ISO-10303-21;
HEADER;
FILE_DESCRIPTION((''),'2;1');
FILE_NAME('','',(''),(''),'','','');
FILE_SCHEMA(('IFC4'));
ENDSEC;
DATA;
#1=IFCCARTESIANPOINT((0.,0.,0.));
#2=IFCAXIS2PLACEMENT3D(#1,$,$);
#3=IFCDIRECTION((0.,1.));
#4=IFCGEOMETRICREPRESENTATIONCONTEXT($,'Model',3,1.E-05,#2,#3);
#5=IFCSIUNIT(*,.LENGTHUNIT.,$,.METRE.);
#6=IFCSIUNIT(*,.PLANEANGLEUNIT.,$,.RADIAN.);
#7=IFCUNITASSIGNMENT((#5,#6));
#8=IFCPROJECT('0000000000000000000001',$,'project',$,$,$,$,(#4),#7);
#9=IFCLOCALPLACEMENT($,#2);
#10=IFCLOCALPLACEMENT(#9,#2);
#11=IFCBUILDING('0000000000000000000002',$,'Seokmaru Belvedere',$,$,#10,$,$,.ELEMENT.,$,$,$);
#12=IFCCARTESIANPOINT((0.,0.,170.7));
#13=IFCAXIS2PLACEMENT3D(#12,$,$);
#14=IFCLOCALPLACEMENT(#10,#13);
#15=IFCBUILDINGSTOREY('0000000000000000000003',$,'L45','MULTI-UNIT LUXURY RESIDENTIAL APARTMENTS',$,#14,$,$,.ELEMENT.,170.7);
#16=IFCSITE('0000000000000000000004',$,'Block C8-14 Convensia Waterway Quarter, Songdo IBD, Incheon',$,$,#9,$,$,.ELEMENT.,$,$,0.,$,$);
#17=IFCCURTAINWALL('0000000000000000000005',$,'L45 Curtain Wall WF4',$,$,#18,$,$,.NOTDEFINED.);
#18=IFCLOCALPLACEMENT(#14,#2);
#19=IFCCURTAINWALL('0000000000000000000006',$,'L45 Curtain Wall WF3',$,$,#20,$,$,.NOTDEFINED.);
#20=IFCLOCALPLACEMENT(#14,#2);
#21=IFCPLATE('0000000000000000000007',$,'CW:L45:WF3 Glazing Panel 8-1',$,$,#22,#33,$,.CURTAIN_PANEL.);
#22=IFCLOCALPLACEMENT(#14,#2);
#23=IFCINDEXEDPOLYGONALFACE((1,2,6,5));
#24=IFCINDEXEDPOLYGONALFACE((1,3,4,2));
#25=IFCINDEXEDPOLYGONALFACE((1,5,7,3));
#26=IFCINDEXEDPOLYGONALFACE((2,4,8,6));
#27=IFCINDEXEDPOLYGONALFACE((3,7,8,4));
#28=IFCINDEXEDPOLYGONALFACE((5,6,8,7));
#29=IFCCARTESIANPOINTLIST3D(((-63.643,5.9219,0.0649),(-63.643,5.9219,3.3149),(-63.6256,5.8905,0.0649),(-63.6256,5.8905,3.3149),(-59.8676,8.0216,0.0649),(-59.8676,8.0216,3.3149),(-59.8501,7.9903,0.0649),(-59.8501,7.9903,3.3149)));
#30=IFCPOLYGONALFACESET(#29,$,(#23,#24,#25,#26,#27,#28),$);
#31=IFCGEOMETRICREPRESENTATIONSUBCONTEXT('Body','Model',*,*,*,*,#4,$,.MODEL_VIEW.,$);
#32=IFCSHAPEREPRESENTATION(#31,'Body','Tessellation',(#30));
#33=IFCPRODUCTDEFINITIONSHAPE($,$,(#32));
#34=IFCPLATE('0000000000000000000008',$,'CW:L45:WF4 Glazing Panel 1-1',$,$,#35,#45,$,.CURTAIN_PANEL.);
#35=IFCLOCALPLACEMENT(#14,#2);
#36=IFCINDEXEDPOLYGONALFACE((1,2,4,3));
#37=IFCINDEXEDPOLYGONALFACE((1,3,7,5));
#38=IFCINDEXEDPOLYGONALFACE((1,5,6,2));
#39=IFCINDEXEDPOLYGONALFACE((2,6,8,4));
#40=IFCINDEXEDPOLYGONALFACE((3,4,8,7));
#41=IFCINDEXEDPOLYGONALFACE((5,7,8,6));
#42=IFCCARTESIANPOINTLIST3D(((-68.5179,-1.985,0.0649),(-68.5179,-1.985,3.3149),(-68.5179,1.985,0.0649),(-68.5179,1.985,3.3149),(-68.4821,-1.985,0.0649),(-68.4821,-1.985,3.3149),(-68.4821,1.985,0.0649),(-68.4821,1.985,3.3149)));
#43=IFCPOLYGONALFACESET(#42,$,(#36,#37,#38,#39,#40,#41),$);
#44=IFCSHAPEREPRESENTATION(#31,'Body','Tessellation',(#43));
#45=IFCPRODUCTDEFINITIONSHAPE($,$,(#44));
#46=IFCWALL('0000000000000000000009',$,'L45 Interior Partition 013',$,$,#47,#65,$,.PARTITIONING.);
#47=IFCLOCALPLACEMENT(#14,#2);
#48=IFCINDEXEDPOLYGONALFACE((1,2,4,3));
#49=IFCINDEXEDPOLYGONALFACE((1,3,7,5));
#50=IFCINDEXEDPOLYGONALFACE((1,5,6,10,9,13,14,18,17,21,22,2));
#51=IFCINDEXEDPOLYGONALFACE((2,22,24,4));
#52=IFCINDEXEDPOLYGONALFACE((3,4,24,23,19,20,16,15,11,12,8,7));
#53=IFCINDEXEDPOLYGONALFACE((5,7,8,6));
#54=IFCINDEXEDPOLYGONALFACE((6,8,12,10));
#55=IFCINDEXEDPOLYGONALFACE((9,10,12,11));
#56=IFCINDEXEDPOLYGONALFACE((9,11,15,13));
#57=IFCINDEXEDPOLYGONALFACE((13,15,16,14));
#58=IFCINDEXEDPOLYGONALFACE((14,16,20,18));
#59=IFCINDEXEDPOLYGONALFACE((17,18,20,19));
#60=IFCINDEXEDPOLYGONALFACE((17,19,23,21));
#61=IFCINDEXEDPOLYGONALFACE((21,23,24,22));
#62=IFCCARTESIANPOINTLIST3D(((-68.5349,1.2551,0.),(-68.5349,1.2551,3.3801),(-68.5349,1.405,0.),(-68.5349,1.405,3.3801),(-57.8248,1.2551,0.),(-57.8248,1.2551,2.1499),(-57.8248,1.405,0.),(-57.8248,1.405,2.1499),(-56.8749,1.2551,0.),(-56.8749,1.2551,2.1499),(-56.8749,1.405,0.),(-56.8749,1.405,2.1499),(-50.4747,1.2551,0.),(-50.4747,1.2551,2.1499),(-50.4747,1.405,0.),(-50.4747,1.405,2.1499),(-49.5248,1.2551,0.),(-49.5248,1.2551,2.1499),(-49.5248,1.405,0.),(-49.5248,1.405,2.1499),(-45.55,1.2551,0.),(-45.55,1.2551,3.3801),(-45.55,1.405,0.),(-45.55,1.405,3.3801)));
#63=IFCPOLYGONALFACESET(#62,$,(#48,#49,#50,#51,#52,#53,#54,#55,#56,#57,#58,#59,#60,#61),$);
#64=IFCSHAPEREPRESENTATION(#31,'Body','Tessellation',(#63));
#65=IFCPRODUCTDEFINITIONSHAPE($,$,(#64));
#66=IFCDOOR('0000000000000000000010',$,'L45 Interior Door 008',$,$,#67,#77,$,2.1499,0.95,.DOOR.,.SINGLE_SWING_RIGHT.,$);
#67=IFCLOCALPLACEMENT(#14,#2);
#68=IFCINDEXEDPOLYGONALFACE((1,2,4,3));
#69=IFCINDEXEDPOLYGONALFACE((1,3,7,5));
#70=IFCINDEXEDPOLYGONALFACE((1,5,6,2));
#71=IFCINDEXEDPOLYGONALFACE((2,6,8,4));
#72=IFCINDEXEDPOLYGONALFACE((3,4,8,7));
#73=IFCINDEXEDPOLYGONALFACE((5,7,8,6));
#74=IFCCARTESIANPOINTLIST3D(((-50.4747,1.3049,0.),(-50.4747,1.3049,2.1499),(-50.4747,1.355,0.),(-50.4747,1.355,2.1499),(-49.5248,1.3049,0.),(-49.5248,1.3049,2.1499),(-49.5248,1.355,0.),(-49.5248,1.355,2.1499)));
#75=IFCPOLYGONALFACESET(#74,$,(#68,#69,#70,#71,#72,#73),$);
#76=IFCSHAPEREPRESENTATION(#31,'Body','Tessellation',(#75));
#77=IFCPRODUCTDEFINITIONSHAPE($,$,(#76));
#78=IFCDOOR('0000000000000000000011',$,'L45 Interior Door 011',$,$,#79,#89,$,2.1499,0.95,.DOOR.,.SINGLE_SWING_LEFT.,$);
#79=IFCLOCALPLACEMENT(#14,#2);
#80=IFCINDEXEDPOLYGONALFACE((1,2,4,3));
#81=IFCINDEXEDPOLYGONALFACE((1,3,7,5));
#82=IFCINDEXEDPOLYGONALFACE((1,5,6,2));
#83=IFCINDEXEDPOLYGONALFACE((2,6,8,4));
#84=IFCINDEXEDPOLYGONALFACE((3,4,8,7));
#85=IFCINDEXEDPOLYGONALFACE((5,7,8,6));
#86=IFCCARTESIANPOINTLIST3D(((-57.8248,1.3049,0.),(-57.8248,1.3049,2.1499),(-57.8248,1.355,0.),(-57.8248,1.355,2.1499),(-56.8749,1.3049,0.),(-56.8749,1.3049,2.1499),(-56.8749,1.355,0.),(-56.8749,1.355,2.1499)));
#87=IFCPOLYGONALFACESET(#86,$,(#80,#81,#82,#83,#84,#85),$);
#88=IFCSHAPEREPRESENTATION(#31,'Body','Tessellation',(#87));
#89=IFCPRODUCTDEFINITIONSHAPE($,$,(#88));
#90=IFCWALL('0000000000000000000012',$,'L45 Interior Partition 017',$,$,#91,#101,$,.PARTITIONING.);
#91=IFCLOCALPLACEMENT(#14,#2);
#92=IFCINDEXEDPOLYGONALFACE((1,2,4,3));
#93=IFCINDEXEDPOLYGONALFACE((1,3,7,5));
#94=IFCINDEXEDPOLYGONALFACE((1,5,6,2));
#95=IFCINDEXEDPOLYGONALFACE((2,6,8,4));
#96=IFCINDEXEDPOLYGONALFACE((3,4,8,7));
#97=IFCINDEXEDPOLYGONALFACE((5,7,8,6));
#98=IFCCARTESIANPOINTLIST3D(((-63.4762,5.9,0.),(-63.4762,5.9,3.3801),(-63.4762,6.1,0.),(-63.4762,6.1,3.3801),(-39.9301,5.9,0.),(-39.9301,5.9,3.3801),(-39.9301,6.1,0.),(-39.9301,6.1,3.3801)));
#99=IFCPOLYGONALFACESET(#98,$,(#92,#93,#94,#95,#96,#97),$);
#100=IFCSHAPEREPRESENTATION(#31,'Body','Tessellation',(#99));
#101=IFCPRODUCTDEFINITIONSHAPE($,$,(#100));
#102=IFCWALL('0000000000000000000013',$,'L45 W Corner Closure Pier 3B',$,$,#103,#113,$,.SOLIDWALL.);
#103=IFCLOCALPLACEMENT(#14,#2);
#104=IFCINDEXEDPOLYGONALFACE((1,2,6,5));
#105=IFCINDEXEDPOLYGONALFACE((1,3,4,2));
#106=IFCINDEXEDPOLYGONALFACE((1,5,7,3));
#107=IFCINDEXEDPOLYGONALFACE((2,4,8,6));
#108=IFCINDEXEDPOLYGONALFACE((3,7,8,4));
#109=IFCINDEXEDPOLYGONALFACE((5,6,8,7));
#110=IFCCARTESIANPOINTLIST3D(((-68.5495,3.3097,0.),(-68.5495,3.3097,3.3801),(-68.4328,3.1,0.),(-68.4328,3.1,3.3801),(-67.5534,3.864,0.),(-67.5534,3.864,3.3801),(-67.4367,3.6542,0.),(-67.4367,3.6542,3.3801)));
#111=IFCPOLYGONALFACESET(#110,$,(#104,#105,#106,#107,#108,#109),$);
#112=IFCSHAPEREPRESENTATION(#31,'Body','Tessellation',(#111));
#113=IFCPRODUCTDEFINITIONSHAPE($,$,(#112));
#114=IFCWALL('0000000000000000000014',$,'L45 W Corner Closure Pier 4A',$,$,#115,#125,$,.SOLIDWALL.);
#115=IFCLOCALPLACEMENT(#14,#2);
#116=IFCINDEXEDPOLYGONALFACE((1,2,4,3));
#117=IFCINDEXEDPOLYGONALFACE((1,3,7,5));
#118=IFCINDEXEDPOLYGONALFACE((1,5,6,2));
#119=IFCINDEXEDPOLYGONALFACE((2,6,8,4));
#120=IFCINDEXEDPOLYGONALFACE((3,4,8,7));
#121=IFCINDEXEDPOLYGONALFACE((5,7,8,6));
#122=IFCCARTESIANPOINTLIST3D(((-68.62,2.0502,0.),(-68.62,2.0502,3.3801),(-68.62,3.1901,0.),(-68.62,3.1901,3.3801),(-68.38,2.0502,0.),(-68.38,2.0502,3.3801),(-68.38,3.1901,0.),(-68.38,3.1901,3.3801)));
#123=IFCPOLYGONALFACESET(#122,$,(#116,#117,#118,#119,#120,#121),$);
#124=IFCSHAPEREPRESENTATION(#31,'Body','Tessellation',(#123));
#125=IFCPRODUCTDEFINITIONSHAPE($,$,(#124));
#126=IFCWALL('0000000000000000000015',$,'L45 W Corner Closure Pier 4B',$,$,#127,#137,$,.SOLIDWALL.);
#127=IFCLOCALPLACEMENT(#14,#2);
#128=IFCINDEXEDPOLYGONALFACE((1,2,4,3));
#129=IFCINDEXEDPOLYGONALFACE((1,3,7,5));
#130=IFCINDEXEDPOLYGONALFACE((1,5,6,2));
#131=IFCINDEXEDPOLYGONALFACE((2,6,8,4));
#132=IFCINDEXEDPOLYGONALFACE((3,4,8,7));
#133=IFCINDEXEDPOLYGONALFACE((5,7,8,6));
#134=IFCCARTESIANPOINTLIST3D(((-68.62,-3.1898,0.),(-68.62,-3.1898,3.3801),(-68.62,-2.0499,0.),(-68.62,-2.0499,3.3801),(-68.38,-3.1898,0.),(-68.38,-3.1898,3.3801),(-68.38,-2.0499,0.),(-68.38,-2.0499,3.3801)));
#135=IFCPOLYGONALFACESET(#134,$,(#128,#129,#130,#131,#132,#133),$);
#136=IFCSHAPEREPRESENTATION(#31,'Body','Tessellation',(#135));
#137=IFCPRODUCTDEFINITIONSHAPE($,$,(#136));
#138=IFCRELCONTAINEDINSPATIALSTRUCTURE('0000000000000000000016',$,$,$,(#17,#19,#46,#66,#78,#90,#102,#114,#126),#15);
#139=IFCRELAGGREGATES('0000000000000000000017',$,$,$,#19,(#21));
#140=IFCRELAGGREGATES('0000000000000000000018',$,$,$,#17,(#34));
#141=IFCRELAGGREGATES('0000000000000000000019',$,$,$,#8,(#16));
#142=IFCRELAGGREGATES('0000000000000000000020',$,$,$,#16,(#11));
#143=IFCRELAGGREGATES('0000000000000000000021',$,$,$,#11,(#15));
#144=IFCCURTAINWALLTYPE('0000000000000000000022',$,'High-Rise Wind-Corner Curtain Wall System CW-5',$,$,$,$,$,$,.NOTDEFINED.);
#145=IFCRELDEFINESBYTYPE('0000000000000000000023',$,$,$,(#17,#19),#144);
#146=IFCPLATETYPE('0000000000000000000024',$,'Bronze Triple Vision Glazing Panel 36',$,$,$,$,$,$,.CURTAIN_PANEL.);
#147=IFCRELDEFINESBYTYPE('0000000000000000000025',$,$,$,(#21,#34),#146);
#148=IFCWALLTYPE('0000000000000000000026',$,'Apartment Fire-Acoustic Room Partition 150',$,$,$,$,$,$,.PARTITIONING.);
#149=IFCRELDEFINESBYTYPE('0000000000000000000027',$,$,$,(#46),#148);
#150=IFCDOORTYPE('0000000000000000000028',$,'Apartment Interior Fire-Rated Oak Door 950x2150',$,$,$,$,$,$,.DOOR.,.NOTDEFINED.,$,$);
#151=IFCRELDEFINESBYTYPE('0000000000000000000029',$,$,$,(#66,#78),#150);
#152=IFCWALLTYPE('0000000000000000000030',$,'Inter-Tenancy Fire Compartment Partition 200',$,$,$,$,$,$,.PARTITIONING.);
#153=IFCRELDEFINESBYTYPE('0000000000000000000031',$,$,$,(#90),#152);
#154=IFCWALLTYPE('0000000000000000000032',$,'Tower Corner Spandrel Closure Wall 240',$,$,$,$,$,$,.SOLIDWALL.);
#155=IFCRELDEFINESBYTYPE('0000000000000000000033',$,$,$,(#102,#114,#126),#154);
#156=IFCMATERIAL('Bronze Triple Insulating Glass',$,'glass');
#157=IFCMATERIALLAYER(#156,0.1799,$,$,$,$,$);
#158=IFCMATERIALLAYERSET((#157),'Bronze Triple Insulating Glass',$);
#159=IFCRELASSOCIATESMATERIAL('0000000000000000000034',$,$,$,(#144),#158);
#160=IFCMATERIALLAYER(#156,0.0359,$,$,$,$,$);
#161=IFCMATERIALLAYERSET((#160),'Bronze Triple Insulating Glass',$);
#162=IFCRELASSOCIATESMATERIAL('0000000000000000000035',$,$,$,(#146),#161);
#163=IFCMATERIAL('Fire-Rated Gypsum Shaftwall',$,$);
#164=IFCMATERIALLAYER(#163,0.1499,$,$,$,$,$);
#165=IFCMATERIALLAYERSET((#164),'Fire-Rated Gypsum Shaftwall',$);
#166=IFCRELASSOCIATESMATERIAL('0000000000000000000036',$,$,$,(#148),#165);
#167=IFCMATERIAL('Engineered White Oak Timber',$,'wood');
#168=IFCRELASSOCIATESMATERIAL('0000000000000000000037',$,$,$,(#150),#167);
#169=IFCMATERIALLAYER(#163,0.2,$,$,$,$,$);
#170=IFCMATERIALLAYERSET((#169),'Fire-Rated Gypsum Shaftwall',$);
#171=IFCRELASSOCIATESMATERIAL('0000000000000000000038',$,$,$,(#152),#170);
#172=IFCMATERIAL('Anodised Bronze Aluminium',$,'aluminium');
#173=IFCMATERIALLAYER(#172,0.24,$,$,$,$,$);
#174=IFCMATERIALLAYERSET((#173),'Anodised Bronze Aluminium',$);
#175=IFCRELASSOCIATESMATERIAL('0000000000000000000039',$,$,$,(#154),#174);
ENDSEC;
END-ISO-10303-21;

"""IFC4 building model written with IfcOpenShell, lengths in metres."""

from ifc_helpers import new_model, si_unit, direction, frame, frame_2d, origin, origin_2d, place, context, subcontext, project, spatial, rectangle, extrude, source, transform, mapped, material, layer, layer_set, type_object, type_shapes, element, fill, aggregate, save


model = new_model("IFC4")

# Units and contexts
model_context = context("Model", 3, precision=1e-05, world=origin(), true_north=direction((0.0, 1.0)))
body_context = subcontext(model_context, "Body", "Model", "MODEL_VIEW")
ifc_project = project(units=[si_unit("LENGTHUNIT", "METRE"), si_unit("PLANEANGLEUNIT", "RADIAN")], contexts=[model_context])

# Site, building, storey
site_placement = place(None, origin())
site = spatial("IfcSite", under=ifc_project, at=site_placement, Name="Block C8-14 Convensia Waterway Quarter, Songdo IBD, Incheon", CompositionType="ELEMENT", RefElevation=0.0)
building_placement = place(site_placement, origin())
building = spatial("IfcBuilding", under=site, at=building_placement, Name="Seokmaru Belvedere", CompositionType="ELEMENT")
storey_placement = place(building_placement, frame((0.0, 0.0, 170.7)))
storey = spatial("IfcBuildingStorey", under=building, at=storey_placement, Name="L45", Description="MULTI-UNIT LUXURY RESIDENTIAL APARTMENTS", CompositionType="ELEMENT", Elevation=170.7)

# Curtain walls
ifc_material_1 = material(Name="Bronze Triple Insulating Glass", Category="glass")
ifc_layer_1 = layer(ifc_material_1, 0.1799)
ifc_layer_set_1 = layer_set([ifc_layer_1], Name="Bronze Triple Insulating Glass")
curtain_wall_type = type_object("IfcCurtainWallType", Name="High-Rise Wind-Corner Curtain Wall System CW-5", PredefinedType="NOTDEFINED", material=ifc_layer_set_1)
curtain_wall_1_placement = place(storey_placement, origin())
curtain_wall_1 = element("IfcCurtainWall", 1, at=curtain_wall_1_placement, inside=storey, type_object=curtain_wall_type, Name="L45 Curtain Wall WF4", PredefinedType="NOTDEFINED")
ifc_material_2 = material(Name="Anodised Bronze Aluminium", Category="aluminium")
curtain_wall_2_placement = place(storey_placement, origin())
curtain_wall_2 = element("IfcCurtainWall", 2, at=curtain_wall_2_placement, inside=storey, type_object=curtain_wall_type, Name="L45 Curtain Wall WF3", PredefinedType="NOTDEFINED")

# Plates
ifc_layer_2 = layer(ifc_material_1, 0.0359)
ifc_layer_set_2 = layer_set([ifc_layer_2], Name="Bronze Triple Insulating Glass")
plate_type = type_object("IfcPlateType", Name="Bronze Triple Vision Glazing Panel 36", PredefinedType="CURTAIN_PANEL", material=ifc_layer_set_2)
shared_shape_1 = source(origin(), body_context, "Body", "SweptSolid", [
    extrude(rectangle(XDim=4.3201, YDim=0.0359, at=origin_2d()), origin(), (0.0, 0.0, 1.0), 3.25),
])
plate_1_placement = place(storey_placement, frame((-61.7466, 6.9561, 0.0649), z_axis=(0.0, 0.0, 1.0), x_axis=(-0.873933, -0.486047, 0.0)))
plate_1 = element("IfcPlate", 3, at=plate_1_placement, type_object=plate_type, Name="CW:L45:WF3 Glazing Panel 8-1", PredefinedType="CURTAIN_PANEL", context=body_context, shape_type="MappedRepresentation", body=[
    mapped(shared_shape_1, transform((0.0, 0.0, 0.0), scale=1.0)),
])
aggregate(curtain_wall_2, [plate_1])
shared_shape_2 = source(origin(), body_context, "Body", "SweptSolid", [
    extrude(rectangle(XDim=3.97, YDim=0.0359, at=origin_2d()), origin(), (0.0, 0.0, 1.0), 3.25),
])
plate_2_placement = place(storey_placement, frame((-68.5, 0.0, 0.0649), z_axis=(0.0, 0.0, 1.0), x_axis=(0.0, -1.0, 0.0)))
plate_2 = element("IfcPlate", 4, at=plate_2_placement, type_object=plate_type, Name="CW:L45:WF4 Glazing Panel 1-1", PredefinedType="CURTAIN_PANEL", context=body_context, shape_type="MappedRepresentation", body=[
    mapped(shared_shape_2, transform((0.0, 0.0, 0.0), scale=1.0)),
])
aggregate(curtain_wall_1, [plate_2])

# Wall, openings, doors
ifc_material_3 = material(Name="Fire-Rated Gypsum Shaftwall")
ifc_layer_3 = layer(ifc_material_3, 0.1499)
ifc_layer_set_3 = layer_set([ifc_layer_3], Name="Fire-Rated Gypsum Shaftwall")
wall_type_1 = type_object("IfcWallType", Name="Apartment Fire-Acoustic Room Partition 150", PredefinedType="PARTITIONING", material=ifc_layer_set_3)
wall_1_placement = place(storey_placement, frame((-68.5349, 1.3301, 0.0), z_axis=(0.0, 0.0, 1.0), x_axis=(1.0, 0.0, 0.0)))
wall_1 = element("IfcWall", 5, at=wall_1_placement, inside=storey, type_object=wall_type_1, Name="L45 Interior Partition 013", PredefinedType="PARTITIONING", context=body_context, shape_type="SweptSolid", body=[
    extrude(rectangle(XDim=22.9849, YDim=0.1499, at=frame_2d((11.4924, 0.0))), origin(), (0.0, 0.0, 1.0), 3.3801),
])
opening_1_placement = place(wall_1_placement, frame((18.0601, 0.0, 0.0)))
opening_1 = element("IfcOpeningElement", 6, at=opening_1_placement, cuts=wall_1, PredefinedType="OPENING", context=body_context, shape_type="SweptSolid", body=[
    extrude(rectangle(XDim=0.95, YDim=2.1499, at=frame_2d((0.4751, 1.075))), frame((0.0, 0.085, 0.0), z_axis=(0.0, -1.0, 0.0), x_axis=(1.0, 0.0, 0.0)), (0.0, 0.0, 1.0), 0.1699),
])
opening_2_placement = place(wall_1_placement, frame((10.71, 0.0, 0.0)))
opening_2 = element("IfcOpeningElement", 7, at=opening_2_placement, cuts=wall_1, PredefinedType="OPENING", context=body_context, shape_type="SweptSolid", body=[
    extrude(rectangle(XDim=0.95, YDim=2.1499, at=frame_2d((0.4751, 1.075))), frame((0.0, 0.085, 0.0), z_axis=(0.0, -1.0, 0.0), x_axis=(1.0, 0.0, 0.0)), (0.0, 0.0, 1.0), 0.1699),
])
ifc_material_4 = material(Name="Engineered White Oak Timber", Category="wood")
door_type = type_object("IfcDoorType", Name="Apartment Interior Fire-Rated Oak Door 950x2150", OperationType="NOTDEFINED", PredefinedType="DOOR", material=ifc_material_4)
shared_shape_3 = source(origin(), body_context, "Body", "SweptSolid", [
    extrude(rectangle(XDim=0.95, YDim=2.1499, at=frame_2d((0.4751, 1.075))), frame((0.0, 0.0249, 0.0), z_axis=(0.0, -1.0, 0.0), x_axis=(1.0, 0.0, 0.0)), (0.0, 0.0, 1.0), 0.05),
])
type_shapes(door_type, [shared_shape_3])
door_1_placement = place(opening_1_placement, origin())
door_1 = element("IfcDoor", 8, at=door_1_placement, inside=storey, type_object=door_type, Name="L45 Interior Door 008", OperationType="SINGLE_SWING_RIGHT", OverallHeight=2.1499, OverallWidth=0.95, PredefinedType="DOOR", context=body_context, shape_type="MappedRepresentation", body=[
    mapped(shared_shape_3, transform((0.0, 0.0, 0.0), scale=1.0)),
])
fill(opening_1, door_1)
door_2_placement = place(opening_2_placement, origin())
door_2 = element("IfcDoor", 9, at=door_2_placement, inside=storey, type_object=door_type, Name="L45 Interior Door 011", OperationType="SINGLE_SWING_LEFT", OverallHeight=2.1499, OverallWidth=0.95, PredefinedType="DOOR", context=body_context, shape_type="MappedRepresentation", body=[
    mapped(shared_shape_3, transform((0.0, 0.0, 0.0), scale=1.0)),
])
fill(opening_2, door_2)

# Walls
ifc_layer_4 = layer(ifc_material_3, 0.2)
ifc_layer_set_4 = layer_set([ifc_layer_4], Name="Fire-Rated Gypsum Shaftwall")
wall_type_2 = type_object("IfcWallType", Name="Inter-Tenancy Fire Compartment Partition 200", PredefinedType="PARTITIONING", material=ifc_layer_set_4)
wall_2_placement = place(storey_placement, frame((-63.4761, 6.0, 0.0), z_axis=(0.0, 0.0, 1.0), x_axis=(1.0, 0.0, 0.0)))
element("IfcWall", 10, at=wall_2_placement, inside=storey, type_object=wall_type_2, Name="L45 Interior Partition 017", PredefinedType="PARTITIONING", context=body_context, shape_type="SweptSolid", body=[
    extrude(rectangle(XDim=23.5461, YDim=0.2, at=frame_2d((11.7729, 0.0))), origin(), (0.0, 0.0, 1.0), 3.3801),
])
ifc_layer_5 = layer(ifc_material_2, 0.24)
ifc_layer_set_5 = layer_set([ifc_layer_5], Name="Anodised Bronze Aluminium")
wall_type_3 = type_object("IfcWallType", Name="Tower Corner Spandrel Closure Wall 240", PredefinedType="SOLIDWALL", material=ifc_layer_set_5)
for number, where, z_axis, x_axis, name in (
    (11, (-67.4951, 3.759, 0.0), (0.0, 0.0, 1.0), (-0.873854, -0.486188, 0.0), "L45 W Corner Closure Pier 3B"),
    (12, (-68.5, 3.1899, 0.0), (0.0, 0.0, 1.0), (0.0, -1.0, 0.0), "L45 W Corner Closure Pier 4A"),
    (13, (-68.5, -2.05, 0.0), (0.0, 0.0, 1.0), (0.0, -1.0, 0.0), "L45 W Corner Closure Pier 4B"),
):
    element("IfcWall", number, at=place(storey_placement, frame(where, z_axis=z_axis, x_axis=x_axis)), inside=storey, type_object=wall_type_3, Name=name, PredefinedType="SOLIDWALL", context=body_context, shape_type="SweptSolid", body=[
        extrude(rectangle(XDim=1.1399, YDim=0.24, at=frame_2d((0.5698, 0.0))), origin(), (0.0, 0.0, 1.0), 3.3801),
    ])

save(model, "model.ifc")
